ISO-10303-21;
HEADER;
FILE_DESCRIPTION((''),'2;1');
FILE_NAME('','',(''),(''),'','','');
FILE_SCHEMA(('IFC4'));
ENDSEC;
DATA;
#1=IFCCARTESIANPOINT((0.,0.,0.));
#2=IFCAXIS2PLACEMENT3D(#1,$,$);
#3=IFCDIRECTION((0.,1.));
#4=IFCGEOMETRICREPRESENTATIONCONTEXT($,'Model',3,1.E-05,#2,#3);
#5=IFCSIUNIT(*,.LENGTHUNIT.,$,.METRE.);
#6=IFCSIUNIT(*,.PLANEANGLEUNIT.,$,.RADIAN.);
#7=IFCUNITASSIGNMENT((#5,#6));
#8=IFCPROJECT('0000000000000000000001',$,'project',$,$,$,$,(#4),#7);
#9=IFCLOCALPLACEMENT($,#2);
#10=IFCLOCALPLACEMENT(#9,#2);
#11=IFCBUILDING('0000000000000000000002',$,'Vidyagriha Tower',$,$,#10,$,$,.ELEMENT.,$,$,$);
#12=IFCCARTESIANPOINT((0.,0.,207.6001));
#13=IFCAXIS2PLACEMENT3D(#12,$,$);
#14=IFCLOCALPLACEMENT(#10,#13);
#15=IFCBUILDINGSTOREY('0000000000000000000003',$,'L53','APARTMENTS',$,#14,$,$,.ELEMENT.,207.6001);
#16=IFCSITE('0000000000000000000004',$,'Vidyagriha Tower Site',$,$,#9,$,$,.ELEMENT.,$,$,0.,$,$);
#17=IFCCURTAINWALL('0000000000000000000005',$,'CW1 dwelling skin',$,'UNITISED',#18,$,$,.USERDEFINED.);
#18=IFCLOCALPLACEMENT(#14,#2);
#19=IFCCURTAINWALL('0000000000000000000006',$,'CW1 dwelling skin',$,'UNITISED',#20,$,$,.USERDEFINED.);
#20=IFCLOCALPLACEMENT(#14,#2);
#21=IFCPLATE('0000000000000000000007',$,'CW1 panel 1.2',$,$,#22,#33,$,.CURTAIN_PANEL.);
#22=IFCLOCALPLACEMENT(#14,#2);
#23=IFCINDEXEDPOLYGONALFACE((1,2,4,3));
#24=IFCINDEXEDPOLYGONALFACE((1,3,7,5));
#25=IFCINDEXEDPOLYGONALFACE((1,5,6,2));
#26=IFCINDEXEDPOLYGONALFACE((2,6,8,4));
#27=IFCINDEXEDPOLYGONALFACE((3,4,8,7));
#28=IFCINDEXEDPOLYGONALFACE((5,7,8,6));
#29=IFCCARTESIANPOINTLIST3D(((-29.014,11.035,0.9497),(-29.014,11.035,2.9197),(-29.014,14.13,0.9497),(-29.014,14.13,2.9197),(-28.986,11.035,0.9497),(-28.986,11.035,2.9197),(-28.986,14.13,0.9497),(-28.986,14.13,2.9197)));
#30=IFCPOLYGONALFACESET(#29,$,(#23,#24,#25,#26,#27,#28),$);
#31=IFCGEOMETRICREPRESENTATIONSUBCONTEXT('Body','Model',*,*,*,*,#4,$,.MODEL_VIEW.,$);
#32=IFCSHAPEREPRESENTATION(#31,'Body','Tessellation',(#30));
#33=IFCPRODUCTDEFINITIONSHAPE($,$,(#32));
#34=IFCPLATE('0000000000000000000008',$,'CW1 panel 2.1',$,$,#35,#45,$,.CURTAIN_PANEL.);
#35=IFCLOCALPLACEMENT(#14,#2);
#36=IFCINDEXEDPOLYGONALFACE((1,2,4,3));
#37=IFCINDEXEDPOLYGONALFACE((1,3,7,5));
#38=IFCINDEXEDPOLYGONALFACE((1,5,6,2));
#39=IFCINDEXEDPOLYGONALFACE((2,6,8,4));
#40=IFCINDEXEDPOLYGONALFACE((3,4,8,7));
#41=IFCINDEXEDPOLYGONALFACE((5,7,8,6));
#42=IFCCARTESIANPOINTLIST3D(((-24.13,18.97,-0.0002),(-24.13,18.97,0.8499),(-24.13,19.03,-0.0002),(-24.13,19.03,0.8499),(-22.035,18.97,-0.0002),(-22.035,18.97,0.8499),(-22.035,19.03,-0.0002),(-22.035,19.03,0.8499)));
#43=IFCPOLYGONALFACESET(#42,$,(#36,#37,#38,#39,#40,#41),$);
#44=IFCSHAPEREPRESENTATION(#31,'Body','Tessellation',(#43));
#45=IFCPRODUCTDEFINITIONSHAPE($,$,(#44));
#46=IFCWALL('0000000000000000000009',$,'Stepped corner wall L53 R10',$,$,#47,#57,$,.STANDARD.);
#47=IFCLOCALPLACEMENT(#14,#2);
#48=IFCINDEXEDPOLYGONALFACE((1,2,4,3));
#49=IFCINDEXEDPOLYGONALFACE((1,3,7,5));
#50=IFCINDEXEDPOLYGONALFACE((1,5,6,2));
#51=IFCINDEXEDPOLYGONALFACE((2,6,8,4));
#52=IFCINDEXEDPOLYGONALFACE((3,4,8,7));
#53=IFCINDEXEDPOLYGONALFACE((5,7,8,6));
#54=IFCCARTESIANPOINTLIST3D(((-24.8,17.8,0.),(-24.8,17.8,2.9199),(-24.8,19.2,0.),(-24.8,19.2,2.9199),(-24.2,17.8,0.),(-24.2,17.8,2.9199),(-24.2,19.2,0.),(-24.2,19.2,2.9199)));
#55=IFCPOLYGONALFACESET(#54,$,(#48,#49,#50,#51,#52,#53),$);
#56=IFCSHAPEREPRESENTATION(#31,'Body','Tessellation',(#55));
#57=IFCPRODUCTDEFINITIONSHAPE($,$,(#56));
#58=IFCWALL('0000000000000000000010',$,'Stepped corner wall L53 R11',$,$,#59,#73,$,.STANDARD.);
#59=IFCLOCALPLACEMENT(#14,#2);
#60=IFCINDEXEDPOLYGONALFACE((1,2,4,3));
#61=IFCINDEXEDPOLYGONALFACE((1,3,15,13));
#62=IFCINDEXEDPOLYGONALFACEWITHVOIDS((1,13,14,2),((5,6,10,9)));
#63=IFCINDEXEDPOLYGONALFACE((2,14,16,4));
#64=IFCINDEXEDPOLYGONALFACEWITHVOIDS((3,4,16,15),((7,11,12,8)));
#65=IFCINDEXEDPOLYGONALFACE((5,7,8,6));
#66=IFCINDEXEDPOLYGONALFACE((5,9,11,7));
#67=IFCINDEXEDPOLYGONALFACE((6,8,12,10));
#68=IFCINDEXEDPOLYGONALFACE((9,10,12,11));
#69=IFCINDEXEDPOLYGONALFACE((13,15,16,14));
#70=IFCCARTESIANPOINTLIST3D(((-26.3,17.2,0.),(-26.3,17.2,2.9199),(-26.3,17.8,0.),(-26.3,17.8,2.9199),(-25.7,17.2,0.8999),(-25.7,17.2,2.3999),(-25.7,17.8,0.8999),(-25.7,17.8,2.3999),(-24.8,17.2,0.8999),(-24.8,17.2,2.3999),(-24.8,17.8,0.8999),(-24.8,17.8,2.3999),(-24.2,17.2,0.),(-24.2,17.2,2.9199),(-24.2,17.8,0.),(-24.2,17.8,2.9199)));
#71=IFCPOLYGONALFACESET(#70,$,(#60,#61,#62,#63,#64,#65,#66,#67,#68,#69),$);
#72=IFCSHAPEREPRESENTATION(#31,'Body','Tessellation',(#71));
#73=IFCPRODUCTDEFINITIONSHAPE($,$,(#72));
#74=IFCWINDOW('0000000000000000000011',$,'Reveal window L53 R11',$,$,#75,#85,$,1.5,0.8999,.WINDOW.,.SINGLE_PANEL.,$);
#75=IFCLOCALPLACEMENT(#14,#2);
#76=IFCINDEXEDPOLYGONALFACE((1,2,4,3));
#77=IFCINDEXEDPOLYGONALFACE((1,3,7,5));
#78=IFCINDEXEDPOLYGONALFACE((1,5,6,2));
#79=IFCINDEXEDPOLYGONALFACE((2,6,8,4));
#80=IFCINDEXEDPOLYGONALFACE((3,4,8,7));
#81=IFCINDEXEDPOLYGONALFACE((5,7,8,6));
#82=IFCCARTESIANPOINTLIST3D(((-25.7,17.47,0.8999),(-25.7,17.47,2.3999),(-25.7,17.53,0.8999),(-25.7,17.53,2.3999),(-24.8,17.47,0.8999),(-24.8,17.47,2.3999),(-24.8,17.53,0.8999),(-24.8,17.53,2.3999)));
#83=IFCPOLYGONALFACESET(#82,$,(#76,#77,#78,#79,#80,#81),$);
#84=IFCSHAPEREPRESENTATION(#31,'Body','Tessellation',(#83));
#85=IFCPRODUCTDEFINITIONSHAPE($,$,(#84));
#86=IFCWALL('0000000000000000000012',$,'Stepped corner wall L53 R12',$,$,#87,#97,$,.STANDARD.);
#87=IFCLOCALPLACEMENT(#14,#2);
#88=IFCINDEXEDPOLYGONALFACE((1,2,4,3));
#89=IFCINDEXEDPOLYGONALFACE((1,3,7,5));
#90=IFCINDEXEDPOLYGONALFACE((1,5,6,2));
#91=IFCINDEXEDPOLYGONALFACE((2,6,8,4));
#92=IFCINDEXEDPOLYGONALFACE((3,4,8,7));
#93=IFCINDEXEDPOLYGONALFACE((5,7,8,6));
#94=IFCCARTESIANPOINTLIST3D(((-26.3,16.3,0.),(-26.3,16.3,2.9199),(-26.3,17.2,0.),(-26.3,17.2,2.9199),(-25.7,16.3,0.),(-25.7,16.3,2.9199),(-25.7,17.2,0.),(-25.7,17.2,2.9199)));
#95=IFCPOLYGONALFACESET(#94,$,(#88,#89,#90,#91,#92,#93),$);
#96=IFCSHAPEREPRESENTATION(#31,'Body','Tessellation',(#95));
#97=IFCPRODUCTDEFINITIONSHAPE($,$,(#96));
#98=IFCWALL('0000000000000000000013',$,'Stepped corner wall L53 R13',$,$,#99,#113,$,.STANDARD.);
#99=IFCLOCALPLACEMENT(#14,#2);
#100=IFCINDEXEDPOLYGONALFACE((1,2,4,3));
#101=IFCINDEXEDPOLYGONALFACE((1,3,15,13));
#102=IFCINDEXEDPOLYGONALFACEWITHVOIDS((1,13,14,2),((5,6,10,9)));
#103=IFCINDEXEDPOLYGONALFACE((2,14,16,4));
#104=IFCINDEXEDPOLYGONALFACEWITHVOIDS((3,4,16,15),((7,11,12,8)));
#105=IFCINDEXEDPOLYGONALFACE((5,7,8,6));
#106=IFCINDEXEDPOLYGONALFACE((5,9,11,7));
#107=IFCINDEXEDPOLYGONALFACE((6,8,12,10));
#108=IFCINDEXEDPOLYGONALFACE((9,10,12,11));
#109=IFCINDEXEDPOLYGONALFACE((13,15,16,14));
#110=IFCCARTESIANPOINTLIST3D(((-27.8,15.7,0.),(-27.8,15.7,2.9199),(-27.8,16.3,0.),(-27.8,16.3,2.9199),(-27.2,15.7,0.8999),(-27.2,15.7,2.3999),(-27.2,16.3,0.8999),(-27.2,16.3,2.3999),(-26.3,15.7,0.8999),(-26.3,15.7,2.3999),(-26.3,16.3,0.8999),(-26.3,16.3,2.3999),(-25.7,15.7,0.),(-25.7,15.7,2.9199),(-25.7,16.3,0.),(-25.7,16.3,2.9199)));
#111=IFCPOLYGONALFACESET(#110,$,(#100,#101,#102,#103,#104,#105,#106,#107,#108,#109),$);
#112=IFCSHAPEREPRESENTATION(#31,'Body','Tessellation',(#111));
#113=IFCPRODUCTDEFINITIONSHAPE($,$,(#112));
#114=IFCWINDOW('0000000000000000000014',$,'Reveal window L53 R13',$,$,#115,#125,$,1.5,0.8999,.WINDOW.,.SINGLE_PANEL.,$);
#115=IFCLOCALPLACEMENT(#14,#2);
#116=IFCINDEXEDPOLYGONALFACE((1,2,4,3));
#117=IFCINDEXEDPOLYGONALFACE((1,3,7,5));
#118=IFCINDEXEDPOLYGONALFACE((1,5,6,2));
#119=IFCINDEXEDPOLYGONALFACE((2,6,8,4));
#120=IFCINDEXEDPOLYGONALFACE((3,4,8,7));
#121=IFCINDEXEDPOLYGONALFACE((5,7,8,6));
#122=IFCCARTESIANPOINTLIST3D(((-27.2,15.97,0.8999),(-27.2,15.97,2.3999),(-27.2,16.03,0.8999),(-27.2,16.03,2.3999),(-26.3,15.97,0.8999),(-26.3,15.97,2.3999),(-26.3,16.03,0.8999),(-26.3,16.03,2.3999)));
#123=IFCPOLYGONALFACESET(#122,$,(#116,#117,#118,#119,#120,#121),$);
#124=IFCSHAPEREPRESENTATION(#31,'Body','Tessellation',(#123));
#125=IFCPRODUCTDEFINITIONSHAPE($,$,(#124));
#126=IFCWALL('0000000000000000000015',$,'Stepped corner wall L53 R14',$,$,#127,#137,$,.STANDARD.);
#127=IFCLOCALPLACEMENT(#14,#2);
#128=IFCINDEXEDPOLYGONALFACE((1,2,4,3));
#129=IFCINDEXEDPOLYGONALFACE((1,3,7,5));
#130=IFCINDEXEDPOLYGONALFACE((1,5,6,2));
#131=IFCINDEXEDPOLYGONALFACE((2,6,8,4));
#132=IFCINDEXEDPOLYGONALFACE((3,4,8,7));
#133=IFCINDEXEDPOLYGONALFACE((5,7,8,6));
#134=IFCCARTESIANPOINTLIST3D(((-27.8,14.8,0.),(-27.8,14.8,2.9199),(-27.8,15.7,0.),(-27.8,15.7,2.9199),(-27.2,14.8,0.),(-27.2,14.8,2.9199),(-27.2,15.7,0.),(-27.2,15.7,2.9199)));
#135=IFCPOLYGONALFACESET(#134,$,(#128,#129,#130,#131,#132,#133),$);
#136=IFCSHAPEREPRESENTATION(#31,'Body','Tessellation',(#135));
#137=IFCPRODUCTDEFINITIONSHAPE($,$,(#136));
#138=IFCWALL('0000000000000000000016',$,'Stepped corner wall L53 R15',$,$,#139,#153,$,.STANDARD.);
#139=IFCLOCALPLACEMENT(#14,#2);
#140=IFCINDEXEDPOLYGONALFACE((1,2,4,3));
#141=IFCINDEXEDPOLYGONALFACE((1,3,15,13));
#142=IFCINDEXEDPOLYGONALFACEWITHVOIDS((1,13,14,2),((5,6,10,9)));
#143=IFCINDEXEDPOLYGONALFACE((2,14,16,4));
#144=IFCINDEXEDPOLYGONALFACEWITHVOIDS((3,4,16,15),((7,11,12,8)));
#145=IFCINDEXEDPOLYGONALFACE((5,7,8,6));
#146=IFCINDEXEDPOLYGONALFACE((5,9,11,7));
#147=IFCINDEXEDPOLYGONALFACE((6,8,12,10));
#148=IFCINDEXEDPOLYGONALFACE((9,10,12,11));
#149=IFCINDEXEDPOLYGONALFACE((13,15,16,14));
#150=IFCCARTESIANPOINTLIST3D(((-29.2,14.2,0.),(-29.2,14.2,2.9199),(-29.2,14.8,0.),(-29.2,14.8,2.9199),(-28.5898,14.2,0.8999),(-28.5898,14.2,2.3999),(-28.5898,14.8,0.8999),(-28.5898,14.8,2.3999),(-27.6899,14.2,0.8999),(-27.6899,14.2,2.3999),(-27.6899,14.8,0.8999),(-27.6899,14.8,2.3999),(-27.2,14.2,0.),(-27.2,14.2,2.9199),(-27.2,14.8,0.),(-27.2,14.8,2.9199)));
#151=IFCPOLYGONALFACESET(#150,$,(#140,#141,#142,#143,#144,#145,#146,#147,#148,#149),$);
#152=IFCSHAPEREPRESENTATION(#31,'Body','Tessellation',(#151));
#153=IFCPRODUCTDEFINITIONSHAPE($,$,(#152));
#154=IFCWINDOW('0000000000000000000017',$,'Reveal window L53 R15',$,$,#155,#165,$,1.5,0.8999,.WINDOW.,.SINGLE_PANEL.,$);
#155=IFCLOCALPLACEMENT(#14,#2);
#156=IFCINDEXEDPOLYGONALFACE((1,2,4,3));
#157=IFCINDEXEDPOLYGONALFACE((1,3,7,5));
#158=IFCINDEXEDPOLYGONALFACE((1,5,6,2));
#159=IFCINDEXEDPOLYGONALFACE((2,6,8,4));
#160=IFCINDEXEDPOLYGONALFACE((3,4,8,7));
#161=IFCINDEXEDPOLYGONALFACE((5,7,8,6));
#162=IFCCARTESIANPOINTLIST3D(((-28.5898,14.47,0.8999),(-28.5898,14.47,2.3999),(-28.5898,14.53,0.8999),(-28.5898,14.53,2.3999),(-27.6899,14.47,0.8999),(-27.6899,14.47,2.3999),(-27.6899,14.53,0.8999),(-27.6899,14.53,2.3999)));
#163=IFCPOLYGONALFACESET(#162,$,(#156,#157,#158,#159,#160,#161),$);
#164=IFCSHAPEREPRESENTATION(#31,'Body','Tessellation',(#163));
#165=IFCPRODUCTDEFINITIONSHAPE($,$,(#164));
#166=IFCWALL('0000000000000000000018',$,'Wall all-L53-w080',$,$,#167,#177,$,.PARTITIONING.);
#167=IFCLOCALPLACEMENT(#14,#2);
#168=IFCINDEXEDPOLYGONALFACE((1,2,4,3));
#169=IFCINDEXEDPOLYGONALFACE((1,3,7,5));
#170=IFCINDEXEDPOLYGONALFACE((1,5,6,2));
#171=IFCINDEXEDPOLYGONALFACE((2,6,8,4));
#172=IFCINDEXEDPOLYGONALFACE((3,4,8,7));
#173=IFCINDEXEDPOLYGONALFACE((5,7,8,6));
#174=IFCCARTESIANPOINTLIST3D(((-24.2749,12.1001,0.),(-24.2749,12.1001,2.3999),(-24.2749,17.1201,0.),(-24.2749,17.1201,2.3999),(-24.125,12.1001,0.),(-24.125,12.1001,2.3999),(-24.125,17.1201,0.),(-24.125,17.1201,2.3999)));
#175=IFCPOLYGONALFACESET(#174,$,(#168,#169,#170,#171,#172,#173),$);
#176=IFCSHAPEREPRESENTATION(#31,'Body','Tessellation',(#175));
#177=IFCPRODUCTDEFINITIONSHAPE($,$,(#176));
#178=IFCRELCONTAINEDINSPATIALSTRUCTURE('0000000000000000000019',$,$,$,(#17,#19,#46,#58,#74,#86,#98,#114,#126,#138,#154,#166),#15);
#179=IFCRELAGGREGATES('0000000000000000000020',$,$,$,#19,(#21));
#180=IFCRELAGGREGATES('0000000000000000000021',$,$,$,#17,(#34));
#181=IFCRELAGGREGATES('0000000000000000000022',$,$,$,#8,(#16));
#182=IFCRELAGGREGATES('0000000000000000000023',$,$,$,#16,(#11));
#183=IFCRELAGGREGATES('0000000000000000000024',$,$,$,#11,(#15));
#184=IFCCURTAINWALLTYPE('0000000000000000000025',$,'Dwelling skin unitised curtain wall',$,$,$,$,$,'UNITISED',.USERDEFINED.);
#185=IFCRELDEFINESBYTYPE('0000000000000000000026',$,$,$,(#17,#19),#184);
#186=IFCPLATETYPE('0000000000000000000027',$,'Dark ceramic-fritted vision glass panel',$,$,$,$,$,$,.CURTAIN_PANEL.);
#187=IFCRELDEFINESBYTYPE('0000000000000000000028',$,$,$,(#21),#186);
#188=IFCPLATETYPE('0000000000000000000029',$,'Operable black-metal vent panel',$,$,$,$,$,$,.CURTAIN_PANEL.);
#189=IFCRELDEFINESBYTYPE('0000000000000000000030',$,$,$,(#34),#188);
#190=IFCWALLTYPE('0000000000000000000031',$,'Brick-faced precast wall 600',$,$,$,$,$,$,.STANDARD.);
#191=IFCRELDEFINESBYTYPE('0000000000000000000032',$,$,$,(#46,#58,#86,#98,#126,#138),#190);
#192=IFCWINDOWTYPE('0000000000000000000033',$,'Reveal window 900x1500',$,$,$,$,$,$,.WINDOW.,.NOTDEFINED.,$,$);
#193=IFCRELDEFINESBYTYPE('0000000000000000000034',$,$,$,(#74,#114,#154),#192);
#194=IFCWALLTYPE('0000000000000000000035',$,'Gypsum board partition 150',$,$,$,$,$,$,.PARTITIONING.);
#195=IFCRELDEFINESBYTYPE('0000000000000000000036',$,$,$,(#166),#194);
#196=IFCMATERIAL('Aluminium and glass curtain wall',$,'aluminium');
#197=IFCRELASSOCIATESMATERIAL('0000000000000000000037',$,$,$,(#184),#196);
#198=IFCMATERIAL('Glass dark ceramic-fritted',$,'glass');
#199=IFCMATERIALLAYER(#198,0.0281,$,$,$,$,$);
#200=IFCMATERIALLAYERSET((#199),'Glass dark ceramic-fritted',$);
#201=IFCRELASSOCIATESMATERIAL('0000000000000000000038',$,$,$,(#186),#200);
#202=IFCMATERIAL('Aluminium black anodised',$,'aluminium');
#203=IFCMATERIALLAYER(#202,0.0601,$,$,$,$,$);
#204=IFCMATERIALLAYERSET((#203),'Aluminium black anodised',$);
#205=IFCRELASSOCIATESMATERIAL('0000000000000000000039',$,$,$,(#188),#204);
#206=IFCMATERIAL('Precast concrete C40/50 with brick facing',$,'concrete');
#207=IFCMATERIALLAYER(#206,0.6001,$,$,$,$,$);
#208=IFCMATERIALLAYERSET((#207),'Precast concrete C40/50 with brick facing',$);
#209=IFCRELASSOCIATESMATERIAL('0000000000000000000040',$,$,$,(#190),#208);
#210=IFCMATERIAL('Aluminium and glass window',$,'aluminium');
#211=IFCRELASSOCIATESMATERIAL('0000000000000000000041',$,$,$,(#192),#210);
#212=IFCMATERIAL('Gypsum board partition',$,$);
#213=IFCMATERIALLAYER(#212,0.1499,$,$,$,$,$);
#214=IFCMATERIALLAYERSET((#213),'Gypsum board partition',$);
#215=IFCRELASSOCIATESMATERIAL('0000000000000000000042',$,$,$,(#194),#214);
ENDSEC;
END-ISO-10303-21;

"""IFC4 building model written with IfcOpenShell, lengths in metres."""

from ifc_helpers import new_model, si_unit, direction, frame, frame_2d, origin, origin_2d, place, context, subcontext, project, spatial, rectangle, extrude, material, layer, layer_set, type_object, element, fill, aggregate, save


model = new_model("IFC4")

# Units and contexts
model_context = context("Model", 3, precision=1e-05, world=origin(), true_north=direction((0.0, 1.0)))
body_context = subcontext(model_context, "Body", "Model", "MODEL_VIEW")
ifc_project = project(units=[si_unit("LENGTHUNIT", "METRE"), si_unit("PLANEANGLEUNIT", "RADIAN")], contexts=[model_context])

# Site, building, storey
site_placement = place(None, origin())
site = spatial("IfcSite", under=ifc_project, at=site_placement, Name="Vidyagriha Tower Site", CompositionType="ELEMENT", RefElevation=0.0)
building_placement = place(site_placement, origin())
building = spatial("IfcBuilding", under=site, at=building_placement, Name="Vidyagriha Tower", CompositionType="ELEMENT")
storey_placement = place(building_placement, frame((0.0, 0.0, 207.6001)))
storey = spatial("IfcBuildingStorey", under=building, at=storey_placement, Name="L53", Description="APARTMENTS", CompositionType="ELEMENT", Elevation=207.6001)

# Curtain wall
ifc_material_1 = material(Name="Aluminium and glass curtain wall", Category="aluminium")
curtain_wall_type = type_object("IfcCurtainWallType", Name="Dwelling skin unitised curtain wall", ElementType="UNITISED", PredefinedType="USERDEFINED", material=ifc_material_1)
curtain_wall_1_placement = place(storey_placement, origin())
curtain_wall_1 = element("IfcCurtainWall", 1, at=curtain_wall_1_placement, inside=storey, type_object=curtain_wall_type, Name="CW1 dwelling skin", ObjectType="UNITISED", PredefinedType="USERDEFINED")

# Curtain wall
curtain_wall_2_placement = place(storey_placement, origin())
curtain_wall_2 = element("IfcCurtainWall", 2, at=curtain_wall_2_placement, inside=storey, type_object=curtain_wall_type, Name="CW1 dwelling skin", ObjectType="UNITISED", PredefinedType="USERDEFINED")

# Plates
ifc_material_2 = material(Name="Glass dark ceramic-fritted", Category="glass")
ifc_layer_1 = layer(ifc_material_2, 0.0281)
ifc_layer_set_1 = layer_set([ifc_layer_1], Name="Glass dark ceramic-fritted")
plate_type_1 = type_object("IfcPlateType", Name="Dark ceramic-fritted vision glass panel", PredefinedType="CURTAIN_PANEL", material=ifc_layer_set_1)
plate_1_placement = place(storey_placement, frame((-29.0, 12.5825, 0.9497), z_axis=(0.0, 0.0, 1.0), x_axis=(0.0, -1.0, 0.0)))
plate_1 = element("IfcPlate", 3, at=plate_1_placement, type_object=plate_type_1, Name="CW1 panel 1.2", PredefinedType="CURTAIN_PANEL", context=body_context, shape_type="SweptSolid", body=[
    extrude(rectangle(XDim=3.095, YDim=0.0281, at=origin_2d()), origin(), (0.0, 0.0, 1.0), 1.97),
])
aggregate(curtain_wall_2, [plate_1])
ifc_material_3 = material(Name="Aluminium black anodised", Category="aluminium")
ifc_layer_2 = layer(ifc_material_3, 0.0601)
ifc_layer_set_2 = layer_set([ifc_layer_2], Name="Aluminium black anodised")
plate_type_2 = type_object("IfcPlateType", Name="Operable black-metal vent panel", PredefinedType="CURTAIN_PANEL", material=ifc_layer_set_2)
plate_2_placement = place(storey_placement, frame((-23.0825, 19.0, -0.0002), z_axis=(0.0, 0.0, 1.0), x_axis=(-1.0, 0.0, 0.0)))
plate_2 = element("IfcPlate", 4, at=plate_2_placement, type_object=plate_type_2, Name="CW1 panel 2.1", PredefinedType="CURTAIN_PANEL", context=body_context, shape_type="SweptSolid", body=[
    extrude(rectangle(XDim=2.095, YDim=0.0601, at=origin_2d()), origin(), (0.0, 0.0, 1.0), 0.8501),
])
aggregate(curtain_wall_1, [plate_2])

# Wall
ifc_material_4 = material(Name="Precast concrete C40/50 with brick facing", Category="concrete")
ifc_layer_3 = layer(ifc_material_4, 0.6001)
ifc_layer_set_3 = layer_set([ifc_layer_3], Name="Precast concrete C40/50 with brick facing")
wall_type_1 = type_object("IfcWallType", Name="Brick-faced precast wall 600", PredefinedType="STANDARD", material=ifc_layer_set_3)
wall_1_placement = place(storey_placement, frame((-24.5, 19.2, 0.0), z_axis=(0.0, 0.0, 1.0), x_axis=(0.0, -1.0, 0.0)))
element("IfcWall", 5, at=wall_1_placement, inside=storey, type_object=wall_type_1, Name="Stepped corner wall L53 R10", PredefinedType="STANDARD", context=body_context, shape_type="SweptSolid", body=[
    extrude(rectangle(XDim=1.3999, YDim=0.6001, at=frame_2d((0.7, 0.0))), origin(), (0.0, 0.0, 1.0), 2.9199),
])

# Wall, opening, window
wall_2_placement = place(storey_placement, frame((-24.2, 17.5, 0.0), z_axis=(0.0, 0.0, 1.0), x_axis=(-1.0, 0.0, 0.0)))
wall_2 = element("IfcWall", 6, at=wall_2_placement, inside=storey, type_object=wall_type_1, Name="Stepped corner wall L53 R11", PredefinedType="STANDARD", context=body_context, shape_type="SweptSolid", body=[
    extrude(rectangle(XDim=2.1001, YDim=0.6001, at=frame_2d((1.05, 0.0))), origin(), (0.0, 0.0, 1.0), 2.9199),
])
opening_1_placement = place(wall_2_placement, frame((0.6001, 0.0, 0.8999)))
opening_1 = element("IfcOpeningElement", 7, at=opening_1_placement, cuts=wall_2, PredefinedType="OPENING", context=body_context, shape_type="SweptSolid", body=[
    extrude(rectangle(XDim=0.8999, YDim=1.5, at=frame_2d((0.45, 0.75))), frame((0.0, 0.3101, 0.0), z_axis=(0.0, -1.0, 0.0), x_axis=(1.0, 0.0, 0.0)), (0.0, 0.0, 1.0), 0.6201),
])
ifc_material_5 = material(Name="Aluminium and glass window", Category="aluminium")
window_type = type_object("IfcWindowType", Name="Reveal window 900x1500", PartitioningType="NOTDEFINED", PredefinedType="WINDOW", material=ifc_material_5)
window_1_placement = place(opening_1_placement, origin())
window_1 = element("IfcWindow", 8, at=window_1_placement, inside=storey, type_object=window_type, Name="Reveal window L53 R11", OverallHeight=1.5, OverallWidth=0.8999, PartitioningType="SINGLE_PANEL", PredefinedType="WINDOW", context=body_context, shape_type="SweptSolid", body=[
    extrude(rectangle(XDim=0.8999, YDim=1.5, at=frame_2d((0.45, 0.75))), frame((0.0, 0.03, 0.0), z_axis=(0.0, -1.0, 0.0), x_axis=(1.0, 0.0, 0.0)), (0.0, 0.0, 1.0), 0.0601),
])
fill(opening_1, window_1)

# Wall
wall_3_placement = place(storey_placement, frame((-26.0, 17.2, 0.0), z_axis=(0.0, 0.0, 1.0), x_axis=(0.0, -1.0, 0.0)))
element("IfcWall", 9, at=wall_3_placement, inside=storey, type_object=wall_type_1, Name="Stepped corner wall L53 R12", PredefinedType="STANDARD", context=body_context, shape_type="SweptSolid", body=[
    extrude(rectangle(XDim=0.8999, YDim=0.6001, at=frame_2d((0.45, 0.0))), origin(), (0.0, 0.0, 1.0), 2.9199),
])

# Wall, opening, window
wall_4_placement = place(storey_placement, frame((-25.7, 16.0, 0.0), z_axis=(0.0, 0.0, 1.0), x_axis=(-1.0, 0.0, 0.0)))
wall_4 = element("IfcWall", 10, at=wall_4_placement, inside=storey, type_object=wall_type_1, Name="Stepped corner wall L53 R13", PredefinedType="STANDARD", context=body_context, shape_type="SweptSolid", body=[
    extrude(rectangle(XDim=2.1001, YDim=0.6001, at=frame_2d((1.05, 0.0))), origin(), (0.0, 0.0, 1.0), 2.9199),
])
opening_2_placement = place(wall_4_placement, frame((0.6001, 0.0, 0.8999)))
opening_2 = element("IfcOpeningElement", 11, at=opening_2_placement, cuts=wall_4, PredefinedType="OPENING", context=body_context, shape_type="SweptSolid", body=[
    extrude(rectangle(XDim=0.8999, YDim=1.5, at=frame_2d((0.45, 0.75))), frame((0.0, 0.3101, 0.0), z_axis=(0.0, -1.0, 0.0), x_axis=(1.0, 0.0, 0.0)), (0.0, 0.0, 1.0), 0.6201),
])
window_2_placement = place(opening_2_placement, origin())
window_2 = element("IfcWindow", 12, at=window_2_placement, inside=storey, type_object=window_type, Name="Reveal window L53 R13", OverallHeight=1.5, OverallWidth=0.8999, PartitioningType="SINGLE_PANEL", PredefinedType="WINDOW", context=body_context, shape_type="SweptSolid", body=[
    extrude(rectangle(XDim=0.8999, YDim=1.5, at=frame_2d((0.45, 0.75))), frame((0.0, 0.03, 0.0), z_axis=(0.0, -1.0, 0.0), x_axis=(1.0, 0.0, 0.0)), (0.0, 0.0, 1.0), 0.0601),
])
fill(opening_2, window_2)

# Wall
wall_5_placement = place(storey_placement, frame((-27.5, 15.7, 0.0), z_axis=(0.0, 0.0, 1.0), x_axis=(0.0, -1.0, 0.0)))
element("IfcWall", 13, at=wall_5_placement, inside=storey, type_object=wall_type_1, Name="Stepped corner wall L53 R14", PredefinedType="STANDARD", context=body_context, shape_type="SweptSolid", body=[
    extrude(rectangle(XDim=0.8999, YDim=0.6001, at=frame_2d((0.45, 0.0))), origin(), (0.0, 0.0, 1.0), 2.9199),
])

# Wall, opening, window
wall_6_placement = place(storey_placement, frame((-27.2, 14.5, 0.0), z_axis=(0.0, 0.0, 1.0), x_axis=(-1.0, 0.0, 0.0)))
wall_6 = element("IfcWall", 14, at=wall_6_placement, inside=storey, type_object=wall_type_1, Name="Stepped corner wall L53 R15", PredefinedType="STANDARD", context=body_context, shape_type="SweptSolid", body=[
    extrude(rectangle(XDim=2.0, YDim=0.6001, at=frame_2d((1.0, 0.0))), origin(), (0.0, 0.0, 1.0), 2.9199),
])
opening_3_placement = place(wall_6_placement, frame((0.49, 0.0, 0.8999)))
opening_3 = element("IfcOpeningElement", 15, at=opening_3_placement, cuts=wall_6, PredefinedType="OPENING", context=body_context, shape_type="SweptSolid", body=[
    extrude(rectangle(XDim=0.8999, YDim=1.5, at=frame_2d((0.45, 0.75))), frame((0.0, 0.3101, 0.0), z_axis=(0.0, -1.0, 0.0), x_axis=(1.0, 0.0, 0.0)), (0.0, 0.0, 1.0), 0.6201),
])
window_3_placement = place(opening_3_placement, origin())
window_3 = element("IfcWindow", 16, at=window_3_placement, inside=storey, type_object=window_type, Name="Reveal window L53 R15", OverallHeight=1.5, OverallWidth=0.8999, PartitioningType="SINGLE_PANEL", PredefinedType="WINDOW", context=body_context, shape_type="SweptSolid", body=[
    extrude(rectangle(XDim=0.8999, YDim=1.5, at=frame_2d((0.45, 0.75))), frame((0.0, 0.03, 0.0), z_axis=(0.0, -1.0, 0.0), x_axis=(1.0, 0.0, 0.0)), (0.0, 0.0, 1.0), 0.0601),
])
fill(opening_3, window_3)

# Wall
ifc_material_6 = material(Name="Gypsum board partition")
ifc_layer_4 = layer(ifc_material_6, 0.1499)
ifc_layer_set_4 = layer_set([ifc_layer_4], Name="Gypsum board partition")
wall_type_2 = type_object("IfcWallType", Name="Gypsum board partition 150", PredefinedType="PARTITIONING", material=ifc_layer_set_4)
wall_7_placement = place(storey_placement, frame((-24.2, 17.1201, 0.0), z_axis=(0.0, 0.0, 1.0), x_axis=(0.0, -1.0, 0.0)))
element("IfcWall", 17, at=wall_7_placement, inside=storey, type_object=wall_type_2, Name="Wall all-L53-w080", PredefinedType="PARTITIONING", context=body_context, shape_type="SweptSolid", body=[
    extrude(rectangle(XDim=5.02, YDim=0.1499, at=frame_2d((2.51, 0.0))), origin(), (0.0, 0.0, 1.0), 2.3999),
])

save(model, "model.ifc")
